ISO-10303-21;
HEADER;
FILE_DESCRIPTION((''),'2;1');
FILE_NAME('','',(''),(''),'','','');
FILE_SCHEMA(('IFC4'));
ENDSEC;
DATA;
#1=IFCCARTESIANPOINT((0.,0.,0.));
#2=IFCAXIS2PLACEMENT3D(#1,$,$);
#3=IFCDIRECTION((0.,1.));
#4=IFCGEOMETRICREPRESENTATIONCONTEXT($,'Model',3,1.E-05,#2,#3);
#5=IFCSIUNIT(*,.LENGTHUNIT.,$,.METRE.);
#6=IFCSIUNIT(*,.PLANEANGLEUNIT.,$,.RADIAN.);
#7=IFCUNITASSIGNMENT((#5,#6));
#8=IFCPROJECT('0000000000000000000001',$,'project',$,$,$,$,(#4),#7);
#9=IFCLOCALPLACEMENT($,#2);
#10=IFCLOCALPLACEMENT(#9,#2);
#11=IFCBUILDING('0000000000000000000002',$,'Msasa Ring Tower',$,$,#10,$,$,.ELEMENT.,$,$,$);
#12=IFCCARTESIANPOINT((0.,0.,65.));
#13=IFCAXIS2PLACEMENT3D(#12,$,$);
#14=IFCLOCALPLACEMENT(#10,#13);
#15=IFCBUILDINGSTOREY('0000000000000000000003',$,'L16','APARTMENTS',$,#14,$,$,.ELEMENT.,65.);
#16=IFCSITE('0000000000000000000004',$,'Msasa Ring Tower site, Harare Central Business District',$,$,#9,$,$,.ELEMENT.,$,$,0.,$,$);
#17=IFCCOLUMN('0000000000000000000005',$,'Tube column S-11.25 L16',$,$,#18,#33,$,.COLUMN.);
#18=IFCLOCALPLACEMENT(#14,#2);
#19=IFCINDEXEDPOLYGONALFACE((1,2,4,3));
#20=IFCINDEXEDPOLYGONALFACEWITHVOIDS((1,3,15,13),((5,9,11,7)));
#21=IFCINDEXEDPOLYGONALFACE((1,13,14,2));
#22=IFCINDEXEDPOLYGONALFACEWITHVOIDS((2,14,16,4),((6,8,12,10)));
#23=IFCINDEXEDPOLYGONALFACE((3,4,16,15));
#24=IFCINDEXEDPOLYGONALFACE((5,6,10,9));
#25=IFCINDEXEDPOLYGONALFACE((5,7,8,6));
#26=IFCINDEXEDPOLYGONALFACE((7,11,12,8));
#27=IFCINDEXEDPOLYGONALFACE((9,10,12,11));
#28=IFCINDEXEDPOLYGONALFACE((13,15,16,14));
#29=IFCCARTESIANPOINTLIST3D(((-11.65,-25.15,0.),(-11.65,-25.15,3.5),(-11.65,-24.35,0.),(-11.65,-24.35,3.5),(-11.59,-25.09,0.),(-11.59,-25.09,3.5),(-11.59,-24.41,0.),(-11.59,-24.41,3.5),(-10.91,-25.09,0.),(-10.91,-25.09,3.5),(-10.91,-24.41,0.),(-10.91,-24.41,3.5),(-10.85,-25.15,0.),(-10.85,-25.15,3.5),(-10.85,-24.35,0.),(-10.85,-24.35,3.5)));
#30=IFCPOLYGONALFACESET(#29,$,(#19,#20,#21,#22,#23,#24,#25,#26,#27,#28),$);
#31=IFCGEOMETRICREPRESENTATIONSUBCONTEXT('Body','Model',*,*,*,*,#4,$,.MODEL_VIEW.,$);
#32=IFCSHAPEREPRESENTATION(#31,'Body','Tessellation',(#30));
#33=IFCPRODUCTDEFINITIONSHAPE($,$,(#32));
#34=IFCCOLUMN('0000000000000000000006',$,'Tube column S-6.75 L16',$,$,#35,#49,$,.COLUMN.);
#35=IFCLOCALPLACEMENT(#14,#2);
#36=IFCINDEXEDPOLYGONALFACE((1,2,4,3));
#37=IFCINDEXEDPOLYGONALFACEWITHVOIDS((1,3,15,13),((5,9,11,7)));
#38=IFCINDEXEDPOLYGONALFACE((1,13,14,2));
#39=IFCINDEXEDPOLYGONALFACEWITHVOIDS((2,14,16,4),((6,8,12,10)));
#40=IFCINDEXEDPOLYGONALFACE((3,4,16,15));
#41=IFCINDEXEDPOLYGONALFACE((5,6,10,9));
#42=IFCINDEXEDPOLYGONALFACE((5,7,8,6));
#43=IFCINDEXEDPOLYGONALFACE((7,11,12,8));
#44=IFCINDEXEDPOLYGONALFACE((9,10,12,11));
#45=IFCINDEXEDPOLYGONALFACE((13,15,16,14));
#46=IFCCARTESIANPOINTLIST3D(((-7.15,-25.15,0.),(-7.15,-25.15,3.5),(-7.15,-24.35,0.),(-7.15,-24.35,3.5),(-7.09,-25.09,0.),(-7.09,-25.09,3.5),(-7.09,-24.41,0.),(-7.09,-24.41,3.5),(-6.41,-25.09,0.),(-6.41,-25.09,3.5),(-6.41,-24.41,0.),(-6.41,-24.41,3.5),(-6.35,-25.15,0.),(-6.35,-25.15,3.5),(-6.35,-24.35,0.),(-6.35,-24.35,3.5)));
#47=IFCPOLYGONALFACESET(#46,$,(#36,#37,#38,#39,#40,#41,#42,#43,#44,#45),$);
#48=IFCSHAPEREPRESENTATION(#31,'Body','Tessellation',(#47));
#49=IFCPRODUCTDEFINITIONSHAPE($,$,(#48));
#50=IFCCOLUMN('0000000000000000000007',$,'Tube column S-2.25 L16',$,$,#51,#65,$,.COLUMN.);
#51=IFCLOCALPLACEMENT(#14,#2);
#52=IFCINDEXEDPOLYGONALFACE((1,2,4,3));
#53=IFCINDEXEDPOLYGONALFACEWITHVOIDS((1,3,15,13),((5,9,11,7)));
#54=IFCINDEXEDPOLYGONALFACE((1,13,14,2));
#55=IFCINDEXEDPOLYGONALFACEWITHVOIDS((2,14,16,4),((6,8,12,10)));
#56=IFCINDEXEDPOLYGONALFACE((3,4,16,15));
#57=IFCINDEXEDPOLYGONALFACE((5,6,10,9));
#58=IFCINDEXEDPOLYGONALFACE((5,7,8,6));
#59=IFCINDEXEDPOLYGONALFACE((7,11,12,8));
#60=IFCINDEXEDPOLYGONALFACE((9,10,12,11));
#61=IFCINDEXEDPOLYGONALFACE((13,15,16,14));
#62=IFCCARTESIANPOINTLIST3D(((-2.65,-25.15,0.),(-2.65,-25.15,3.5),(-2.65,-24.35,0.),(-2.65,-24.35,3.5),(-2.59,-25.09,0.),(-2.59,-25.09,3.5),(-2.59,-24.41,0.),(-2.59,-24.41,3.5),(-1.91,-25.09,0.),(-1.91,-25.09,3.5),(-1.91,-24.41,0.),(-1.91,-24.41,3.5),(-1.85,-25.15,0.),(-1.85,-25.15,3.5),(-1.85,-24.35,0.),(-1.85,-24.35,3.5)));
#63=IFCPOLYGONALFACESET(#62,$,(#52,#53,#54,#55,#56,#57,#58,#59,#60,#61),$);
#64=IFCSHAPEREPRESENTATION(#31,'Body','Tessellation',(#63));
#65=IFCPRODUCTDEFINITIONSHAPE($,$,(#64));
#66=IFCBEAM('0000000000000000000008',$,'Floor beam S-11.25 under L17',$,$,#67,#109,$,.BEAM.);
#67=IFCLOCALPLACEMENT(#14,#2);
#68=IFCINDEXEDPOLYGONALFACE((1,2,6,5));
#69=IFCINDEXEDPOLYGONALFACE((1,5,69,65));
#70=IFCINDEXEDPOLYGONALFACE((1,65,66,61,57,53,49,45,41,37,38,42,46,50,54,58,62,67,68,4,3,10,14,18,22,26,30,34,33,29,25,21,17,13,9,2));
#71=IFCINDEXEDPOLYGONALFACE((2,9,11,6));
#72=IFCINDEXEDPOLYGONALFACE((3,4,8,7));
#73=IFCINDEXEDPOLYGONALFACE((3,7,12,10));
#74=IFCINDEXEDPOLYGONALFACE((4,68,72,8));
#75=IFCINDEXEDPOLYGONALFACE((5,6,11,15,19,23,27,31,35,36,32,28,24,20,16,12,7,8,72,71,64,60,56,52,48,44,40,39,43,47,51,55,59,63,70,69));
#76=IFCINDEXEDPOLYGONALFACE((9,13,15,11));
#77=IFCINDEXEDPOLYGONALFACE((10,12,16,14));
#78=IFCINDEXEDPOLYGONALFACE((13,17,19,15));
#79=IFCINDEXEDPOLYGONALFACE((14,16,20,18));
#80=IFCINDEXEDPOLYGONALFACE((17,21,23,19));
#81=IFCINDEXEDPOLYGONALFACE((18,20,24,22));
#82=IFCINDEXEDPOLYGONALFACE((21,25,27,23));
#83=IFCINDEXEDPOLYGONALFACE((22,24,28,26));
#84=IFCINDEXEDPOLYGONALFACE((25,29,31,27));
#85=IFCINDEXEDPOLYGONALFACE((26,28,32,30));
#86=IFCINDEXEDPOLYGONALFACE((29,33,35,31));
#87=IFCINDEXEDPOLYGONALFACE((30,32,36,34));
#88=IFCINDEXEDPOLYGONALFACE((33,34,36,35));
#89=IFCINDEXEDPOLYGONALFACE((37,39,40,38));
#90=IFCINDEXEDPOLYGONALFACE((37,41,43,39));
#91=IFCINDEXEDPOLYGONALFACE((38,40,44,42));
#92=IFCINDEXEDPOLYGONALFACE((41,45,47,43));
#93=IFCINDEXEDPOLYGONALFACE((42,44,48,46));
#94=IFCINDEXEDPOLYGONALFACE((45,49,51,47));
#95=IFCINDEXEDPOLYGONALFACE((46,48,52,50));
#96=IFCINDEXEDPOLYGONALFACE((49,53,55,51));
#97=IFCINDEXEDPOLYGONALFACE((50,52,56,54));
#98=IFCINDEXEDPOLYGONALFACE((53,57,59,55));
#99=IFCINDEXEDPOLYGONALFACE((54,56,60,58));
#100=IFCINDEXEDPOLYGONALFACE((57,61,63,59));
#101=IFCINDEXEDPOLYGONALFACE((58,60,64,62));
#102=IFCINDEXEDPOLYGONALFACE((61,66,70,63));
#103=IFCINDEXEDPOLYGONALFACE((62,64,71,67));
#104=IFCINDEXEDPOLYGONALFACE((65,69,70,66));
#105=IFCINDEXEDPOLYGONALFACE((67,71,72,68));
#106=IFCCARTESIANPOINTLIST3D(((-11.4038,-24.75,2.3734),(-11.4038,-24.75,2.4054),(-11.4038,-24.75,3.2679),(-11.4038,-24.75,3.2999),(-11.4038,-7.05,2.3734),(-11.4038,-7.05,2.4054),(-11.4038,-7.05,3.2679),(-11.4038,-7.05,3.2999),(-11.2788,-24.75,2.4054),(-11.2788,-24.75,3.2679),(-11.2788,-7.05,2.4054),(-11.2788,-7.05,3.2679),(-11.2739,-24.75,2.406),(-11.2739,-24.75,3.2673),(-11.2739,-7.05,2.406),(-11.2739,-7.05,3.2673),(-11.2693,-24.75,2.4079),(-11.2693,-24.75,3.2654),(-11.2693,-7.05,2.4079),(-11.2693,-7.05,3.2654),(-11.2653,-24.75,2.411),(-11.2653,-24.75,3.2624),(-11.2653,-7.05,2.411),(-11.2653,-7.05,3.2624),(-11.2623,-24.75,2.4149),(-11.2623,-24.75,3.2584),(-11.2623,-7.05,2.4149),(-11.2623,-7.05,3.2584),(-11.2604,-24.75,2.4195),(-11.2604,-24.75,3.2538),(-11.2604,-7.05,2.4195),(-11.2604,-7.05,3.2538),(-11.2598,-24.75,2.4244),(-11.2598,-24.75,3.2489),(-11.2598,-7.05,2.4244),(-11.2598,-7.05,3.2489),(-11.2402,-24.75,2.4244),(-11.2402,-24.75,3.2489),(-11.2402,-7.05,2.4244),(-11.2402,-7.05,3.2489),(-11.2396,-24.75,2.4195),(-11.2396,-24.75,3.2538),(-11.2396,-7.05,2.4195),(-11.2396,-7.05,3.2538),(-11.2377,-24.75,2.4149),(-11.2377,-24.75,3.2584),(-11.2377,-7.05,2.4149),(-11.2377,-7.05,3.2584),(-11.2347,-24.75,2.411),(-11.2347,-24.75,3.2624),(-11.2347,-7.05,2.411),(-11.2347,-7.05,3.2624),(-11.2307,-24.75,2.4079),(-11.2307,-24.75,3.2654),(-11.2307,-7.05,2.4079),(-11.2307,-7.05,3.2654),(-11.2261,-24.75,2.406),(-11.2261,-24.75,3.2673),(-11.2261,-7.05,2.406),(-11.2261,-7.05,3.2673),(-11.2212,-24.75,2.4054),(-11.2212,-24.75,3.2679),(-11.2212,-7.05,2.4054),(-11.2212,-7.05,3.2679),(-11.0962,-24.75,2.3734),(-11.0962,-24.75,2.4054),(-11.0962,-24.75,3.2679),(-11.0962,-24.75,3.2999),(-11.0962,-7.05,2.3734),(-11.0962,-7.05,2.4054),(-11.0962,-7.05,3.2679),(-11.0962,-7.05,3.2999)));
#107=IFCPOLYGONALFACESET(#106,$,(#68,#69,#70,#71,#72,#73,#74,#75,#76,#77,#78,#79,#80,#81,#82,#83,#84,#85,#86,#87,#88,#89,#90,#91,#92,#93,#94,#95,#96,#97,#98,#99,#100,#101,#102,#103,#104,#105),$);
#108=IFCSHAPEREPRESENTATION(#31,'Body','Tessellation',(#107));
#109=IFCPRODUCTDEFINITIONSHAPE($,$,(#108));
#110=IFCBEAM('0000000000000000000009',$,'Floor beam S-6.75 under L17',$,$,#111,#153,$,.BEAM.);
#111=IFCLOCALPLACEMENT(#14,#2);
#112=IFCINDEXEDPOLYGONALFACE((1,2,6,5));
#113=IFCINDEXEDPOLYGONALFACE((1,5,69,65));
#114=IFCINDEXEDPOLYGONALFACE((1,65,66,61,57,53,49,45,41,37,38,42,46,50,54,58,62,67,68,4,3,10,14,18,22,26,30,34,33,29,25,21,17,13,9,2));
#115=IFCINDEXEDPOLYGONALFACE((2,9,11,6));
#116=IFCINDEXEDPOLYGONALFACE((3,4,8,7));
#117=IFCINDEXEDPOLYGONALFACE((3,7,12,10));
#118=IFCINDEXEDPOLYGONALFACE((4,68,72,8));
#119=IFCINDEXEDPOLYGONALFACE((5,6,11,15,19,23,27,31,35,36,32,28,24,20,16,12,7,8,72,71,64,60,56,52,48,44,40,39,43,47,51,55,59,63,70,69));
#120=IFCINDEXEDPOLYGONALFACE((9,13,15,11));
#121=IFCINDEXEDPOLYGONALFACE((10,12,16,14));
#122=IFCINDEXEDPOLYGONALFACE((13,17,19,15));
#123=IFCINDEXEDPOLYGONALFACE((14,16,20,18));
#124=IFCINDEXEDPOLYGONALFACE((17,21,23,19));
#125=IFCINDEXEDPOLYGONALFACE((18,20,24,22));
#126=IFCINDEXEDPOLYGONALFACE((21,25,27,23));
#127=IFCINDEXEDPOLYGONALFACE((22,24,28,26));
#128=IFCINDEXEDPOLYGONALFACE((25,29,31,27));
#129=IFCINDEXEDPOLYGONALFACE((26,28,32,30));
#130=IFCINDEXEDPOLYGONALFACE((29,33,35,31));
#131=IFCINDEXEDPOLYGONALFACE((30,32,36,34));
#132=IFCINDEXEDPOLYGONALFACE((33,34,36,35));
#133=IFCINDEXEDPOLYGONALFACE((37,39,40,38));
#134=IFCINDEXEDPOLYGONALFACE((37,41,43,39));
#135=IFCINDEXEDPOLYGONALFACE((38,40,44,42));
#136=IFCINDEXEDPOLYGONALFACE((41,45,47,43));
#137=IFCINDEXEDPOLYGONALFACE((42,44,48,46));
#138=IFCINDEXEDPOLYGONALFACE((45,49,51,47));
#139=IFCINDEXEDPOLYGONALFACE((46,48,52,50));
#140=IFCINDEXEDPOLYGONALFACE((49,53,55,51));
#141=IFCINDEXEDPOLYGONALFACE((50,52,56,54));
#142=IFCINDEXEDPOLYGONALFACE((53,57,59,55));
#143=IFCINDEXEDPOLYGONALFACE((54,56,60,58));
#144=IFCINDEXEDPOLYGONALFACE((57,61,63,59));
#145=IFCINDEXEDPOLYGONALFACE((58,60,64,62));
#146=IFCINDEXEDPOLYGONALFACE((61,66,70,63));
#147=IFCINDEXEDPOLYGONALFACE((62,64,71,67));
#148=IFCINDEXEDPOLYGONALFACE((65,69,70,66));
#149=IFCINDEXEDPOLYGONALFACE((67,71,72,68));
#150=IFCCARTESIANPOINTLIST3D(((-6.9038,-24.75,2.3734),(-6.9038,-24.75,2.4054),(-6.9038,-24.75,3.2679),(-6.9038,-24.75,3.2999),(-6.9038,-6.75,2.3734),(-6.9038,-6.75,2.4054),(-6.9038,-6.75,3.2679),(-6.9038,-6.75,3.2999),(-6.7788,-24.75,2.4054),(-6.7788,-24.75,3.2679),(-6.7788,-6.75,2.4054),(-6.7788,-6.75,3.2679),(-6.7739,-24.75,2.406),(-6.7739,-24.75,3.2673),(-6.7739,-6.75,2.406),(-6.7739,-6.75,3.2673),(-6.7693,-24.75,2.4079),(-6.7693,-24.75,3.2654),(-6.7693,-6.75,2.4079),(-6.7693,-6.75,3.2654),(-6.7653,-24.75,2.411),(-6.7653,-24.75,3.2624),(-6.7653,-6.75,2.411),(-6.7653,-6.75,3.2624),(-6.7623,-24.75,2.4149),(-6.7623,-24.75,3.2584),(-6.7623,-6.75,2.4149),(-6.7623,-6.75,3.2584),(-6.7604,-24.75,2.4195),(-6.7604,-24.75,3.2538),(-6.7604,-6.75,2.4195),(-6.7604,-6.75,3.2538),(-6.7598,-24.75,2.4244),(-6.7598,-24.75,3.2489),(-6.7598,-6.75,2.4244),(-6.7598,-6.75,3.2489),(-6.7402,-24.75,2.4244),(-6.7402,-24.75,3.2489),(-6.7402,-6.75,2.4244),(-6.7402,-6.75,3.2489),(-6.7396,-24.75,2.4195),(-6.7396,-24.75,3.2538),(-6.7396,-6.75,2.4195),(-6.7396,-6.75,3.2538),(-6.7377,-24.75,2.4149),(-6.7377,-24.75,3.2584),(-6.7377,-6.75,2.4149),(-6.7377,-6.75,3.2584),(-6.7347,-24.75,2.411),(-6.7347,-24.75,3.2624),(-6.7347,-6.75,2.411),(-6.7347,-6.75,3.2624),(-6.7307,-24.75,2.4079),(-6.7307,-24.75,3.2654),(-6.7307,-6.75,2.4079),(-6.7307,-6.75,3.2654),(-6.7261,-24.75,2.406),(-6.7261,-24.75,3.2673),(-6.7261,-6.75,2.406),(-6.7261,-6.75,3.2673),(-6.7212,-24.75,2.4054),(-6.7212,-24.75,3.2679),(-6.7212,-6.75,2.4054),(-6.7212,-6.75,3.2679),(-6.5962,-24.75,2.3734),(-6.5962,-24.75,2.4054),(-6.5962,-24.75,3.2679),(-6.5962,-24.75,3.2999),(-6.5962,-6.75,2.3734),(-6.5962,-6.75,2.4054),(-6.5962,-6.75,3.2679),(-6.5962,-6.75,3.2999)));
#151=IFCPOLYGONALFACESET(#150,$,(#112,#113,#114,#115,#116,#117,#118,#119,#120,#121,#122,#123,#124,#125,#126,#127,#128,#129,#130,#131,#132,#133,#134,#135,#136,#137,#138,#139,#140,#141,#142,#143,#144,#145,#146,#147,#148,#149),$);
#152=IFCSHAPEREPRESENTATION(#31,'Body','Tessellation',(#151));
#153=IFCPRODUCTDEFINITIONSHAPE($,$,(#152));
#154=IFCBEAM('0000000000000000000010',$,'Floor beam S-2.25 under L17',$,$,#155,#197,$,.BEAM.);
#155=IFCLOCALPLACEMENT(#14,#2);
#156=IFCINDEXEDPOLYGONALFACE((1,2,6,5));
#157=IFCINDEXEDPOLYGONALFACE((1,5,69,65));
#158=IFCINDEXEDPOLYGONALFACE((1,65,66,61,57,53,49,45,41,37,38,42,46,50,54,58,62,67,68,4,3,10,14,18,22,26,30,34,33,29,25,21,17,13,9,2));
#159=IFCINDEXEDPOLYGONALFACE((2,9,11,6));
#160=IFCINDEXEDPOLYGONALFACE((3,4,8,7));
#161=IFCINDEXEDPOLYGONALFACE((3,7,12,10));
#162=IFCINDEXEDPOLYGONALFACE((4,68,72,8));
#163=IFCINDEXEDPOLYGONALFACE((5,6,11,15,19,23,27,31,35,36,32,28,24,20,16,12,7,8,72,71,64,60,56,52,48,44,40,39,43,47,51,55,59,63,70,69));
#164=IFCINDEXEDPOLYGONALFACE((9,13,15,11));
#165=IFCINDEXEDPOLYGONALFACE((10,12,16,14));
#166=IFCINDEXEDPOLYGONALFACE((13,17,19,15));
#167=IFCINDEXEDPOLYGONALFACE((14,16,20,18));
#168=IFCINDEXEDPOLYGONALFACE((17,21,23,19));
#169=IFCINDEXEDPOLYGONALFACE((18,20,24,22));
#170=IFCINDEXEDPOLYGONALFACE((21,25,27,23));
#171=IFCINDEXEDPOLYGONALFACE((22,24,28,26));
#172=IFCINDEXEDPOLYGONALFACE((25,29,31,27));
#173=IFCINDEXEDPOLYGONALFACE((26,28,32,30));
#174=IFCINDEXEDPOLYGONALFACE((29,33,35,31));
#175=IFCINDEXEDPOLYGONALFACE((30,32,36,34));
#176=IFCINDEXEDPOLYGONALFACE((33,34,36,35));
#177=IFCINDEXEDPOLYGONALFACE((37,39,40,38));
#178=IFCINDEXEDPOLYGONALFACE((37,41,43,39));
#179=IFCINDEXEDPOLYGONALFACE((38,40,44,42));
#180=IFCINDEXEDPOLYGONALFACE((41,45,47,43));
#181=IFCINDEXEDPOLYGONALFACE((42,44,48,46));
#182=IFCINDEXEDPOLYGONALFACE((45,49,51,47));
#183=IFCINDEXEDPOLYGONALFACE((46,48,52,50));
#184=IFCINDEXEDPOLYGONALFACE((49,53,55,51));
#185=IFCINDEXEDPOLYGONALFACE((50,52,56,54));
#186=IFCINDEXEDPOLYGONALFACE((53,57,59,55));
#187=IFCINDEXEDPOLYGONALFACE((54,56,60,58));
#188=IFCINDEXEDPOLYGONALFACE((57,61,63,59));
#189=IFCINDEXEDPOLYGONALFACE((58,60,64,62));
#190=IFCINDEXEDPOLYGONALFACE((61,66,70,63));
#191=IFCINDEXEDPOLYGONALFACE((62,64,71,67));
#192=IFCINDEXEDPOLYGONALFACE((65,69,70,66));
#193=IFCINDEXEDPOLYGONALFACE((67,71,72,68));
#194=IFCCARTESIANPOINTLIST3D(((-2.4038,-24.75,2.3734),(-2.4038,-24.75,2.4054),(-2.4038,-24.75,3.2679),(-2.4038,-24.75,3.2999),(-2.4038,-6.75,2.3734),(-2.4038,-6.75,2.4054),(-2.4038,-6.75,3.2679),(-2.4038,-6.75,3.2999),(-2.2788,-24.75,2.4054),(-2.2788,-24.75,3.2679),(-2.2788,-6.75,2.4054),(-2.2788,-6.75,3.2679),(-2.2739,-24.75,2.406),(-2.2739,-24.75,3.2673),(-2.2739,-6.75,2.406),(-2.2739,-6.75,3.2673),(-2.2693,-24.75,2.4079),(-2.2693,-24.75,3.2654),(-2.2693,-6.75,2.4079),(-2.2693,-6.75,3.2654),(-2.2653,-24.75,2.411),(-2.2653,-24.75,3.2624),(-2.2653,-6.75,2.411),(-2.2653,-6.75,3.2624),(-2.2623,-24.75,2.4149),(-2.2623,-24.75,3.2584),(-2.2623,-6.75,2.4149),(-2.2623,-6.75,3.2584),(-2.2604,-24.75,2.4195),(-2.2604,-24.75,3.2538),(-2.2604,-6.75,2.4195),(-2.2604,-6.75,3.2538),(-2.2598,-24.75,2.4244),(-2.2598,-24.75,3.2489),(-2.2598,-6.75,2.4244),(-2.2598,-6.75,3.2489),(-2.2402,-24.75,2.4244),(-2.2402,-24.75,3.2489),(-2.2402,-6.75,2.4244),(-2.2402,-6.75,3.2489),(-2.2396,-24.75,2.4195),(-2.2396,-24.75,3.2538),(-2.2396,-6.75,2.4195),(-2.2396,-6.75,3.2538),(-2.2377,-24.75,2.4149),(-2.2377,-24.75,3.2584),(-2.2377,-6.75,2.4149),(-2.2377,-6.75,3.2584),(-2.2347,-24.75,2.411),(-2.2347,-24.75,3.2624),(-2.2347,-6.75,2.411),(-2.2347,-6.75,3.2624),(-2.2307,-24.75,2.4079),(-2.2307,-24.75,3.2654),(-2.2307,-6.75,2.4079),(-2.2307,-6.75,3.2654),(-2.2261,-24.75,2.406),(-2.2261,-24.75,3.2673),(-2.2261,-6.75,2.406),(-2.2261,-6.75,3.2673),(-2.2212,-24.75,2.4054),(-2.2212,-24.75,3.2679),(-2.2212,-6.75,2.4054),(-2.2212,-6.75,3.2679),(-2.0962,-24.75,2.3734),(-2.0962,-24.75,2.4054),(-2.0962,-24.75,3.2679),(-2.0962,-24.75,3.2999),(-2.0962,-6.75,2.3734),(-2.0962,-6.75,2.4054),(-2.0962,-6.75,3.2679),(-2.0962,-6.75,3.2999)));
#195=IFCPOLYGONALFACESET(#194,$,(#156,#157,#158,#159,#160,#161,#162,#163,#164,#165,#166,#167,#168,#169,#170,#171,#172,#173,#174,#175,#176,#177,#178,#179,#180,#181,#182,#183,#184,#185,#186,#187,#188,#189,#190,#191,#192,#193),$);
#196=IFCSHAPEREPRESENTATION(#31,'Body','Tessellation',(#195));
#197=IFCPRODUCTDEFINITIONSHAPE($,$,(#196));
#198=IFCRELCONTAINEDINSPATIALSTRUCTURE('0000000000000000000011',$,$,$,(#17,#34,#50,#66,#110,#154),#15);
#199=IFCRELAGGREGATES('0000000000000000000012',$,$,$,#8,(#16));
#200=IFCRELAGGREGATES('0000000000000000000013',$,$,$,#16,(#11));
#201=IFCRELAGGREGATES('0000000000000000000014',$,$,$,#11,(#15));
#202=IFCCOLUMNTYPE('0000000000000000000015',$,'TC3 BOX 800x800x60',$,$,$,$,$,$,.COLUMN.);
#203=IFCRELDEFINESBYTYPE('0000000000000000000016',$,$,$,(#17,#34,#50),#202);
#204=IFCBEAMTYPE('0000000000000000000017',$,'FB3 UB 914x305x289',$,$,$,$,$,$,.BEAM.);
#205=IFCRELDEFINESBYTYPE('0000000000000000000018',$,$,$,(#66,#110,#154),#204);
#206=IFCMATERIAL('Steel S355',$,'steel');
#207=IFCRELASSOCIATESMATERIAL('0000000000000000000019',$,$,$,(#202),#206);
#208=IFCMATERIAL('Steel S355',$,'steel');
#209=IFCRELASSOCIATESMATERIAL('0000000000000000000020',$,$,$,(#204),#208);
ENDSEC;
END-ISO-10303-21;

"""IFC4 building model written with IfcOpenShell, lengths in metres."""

from ifc_helpers import new_model, si_unit, direction, frame, origin, origin_2d, place, context, subcontext, project, spatial, hollow_rectangle, i_section, extrude, material, material_profile, profile_set, type_object, element, save


model = new_model("IFC4")

# Units and contexts
model_context = context("Model", 3, precision=1e-05, world=origin(), true_north=direction((0.0, 1.0)))
body_context = subcontext(model_context, "Body", "Model", "MODEL_VIEW")
ifc_project = project(units=[si_unit("LENGTHUNIT", "METRE"), si_unit("PLANEANGLEUNIT", "RADIAN")], contexts=[model_context])

# Site, building, storey
site_placement = place(None, origin())
site = spatial("IfcSite", under=ifc_project, at=site_placement, Name="Msasa Ring Tower site, Harare Central Business District", CompositionType="ELEMENT", RefElevation=0.0)
building_placement = place(site_placement, origin())
building = spatial("IfcBuilding", under=site, at=building_placement, Name="Msasa Ring Tower", CompositionType="ELEMENT")
storey_placement = place(building_placement, frame((0.0, 0.0, 65.0)))
storey = spatial("IfcBuildingStorey", under=building, at=storey_placement, Name="L16", Description="APARTMENTS", CompositionType="ELEMENT", Elevation=65.0)

# Columns
ifc_material_1 = material(Name="Steel S355", Category="steel")
ifc_material_profile_1 = material_profile(ifc_material_1, hollow_rectangle(XDim=0.8, YDim=0.8, WallThickness=0.0601, at=origin_2d()), Name="BOX 800x800x60")
ifc_profile_set_1 = profile_set([ifc_material_profile_1], Name="Steel S355")
column_type = type_object("IfcColumnType", Name="TC3 BOX 800x800x60", PredefinedType="COLUMN", material=ifc_profile_set_1)
for number, where, z_axis, x_axis, name in (
    (1, (-11.25, -24.75, 0.0), (0.0, 0.0, 1.0), (0.0, 1.0, 0.0), "Tube column S-11.25 L16"),
    (2, (-6.75, -24.75, 0.0), (0.0, 0.0, 1.0), (0.0, 1.0, 0.0), "Tube column S-6.75 L16"),
    (3, (-2.25, -24.75, 0.0), (0.0, 0.0, 1.0), (0.0, 1.0, 0.0), "Tube column S-2.25 L16"),
):
    element("IfcColumn", number, at=place(storey_placement, frame(where, z_axis=z_axis, x_axis=x_axis)), inside=storey, type_object=column_type, Name=name, PredefinedType="COLUMN", context=body_context, shape_type="SweptSolid", body=[
        extrude(hollow_rectangle(XDim=0.8, YDim=0.8, WallThickness=0.0601, at=origin_2d()), origin(), (0.0, 0.0, 1.0), 3.5),
    ])

# Beams
ifc_material_2 = material(Name="Steel S355", Category="steel")
ifc_material_profile_2 = material_profile(ifc_material_2, i_section(OverallWidth=0.3076, OverallDepth=0.9265, WebThickness=0.0195, FlangeThickness=0.032, FilletRadius=0.019, at=origin_2d()), Name="UB 914x305x289")
ifc_profile_set_2 = profile_set([ifc_material_profile_2], Name="Steel S355")
beam_type_1 = type_object("IfcBeamType", Name="FB3 UB 914x305x289", PredefinedType="BEAM", material=ifc_profile_set_2)
beam_placement = place(storey_placement, frame((-11.25, -24.75, 2.8367), z_axis=(0.0, 1.0, 0.0), x_axis=(-1.0, 0.0, 0.0)))
element("IfcBeam", 4, at=beam_placement, inside=storey, type_object=beam_type_1, Name="Floor beam S-11.25 under L17", PredefinedType="BEAM", context=body_context, shape_type="SweptSolid", body=[
    extrude(i_section(OverallWidth=0.3076, OverallDepth=0.9265, WebThickness=0.0195, FlangeThickness=0.032, FilletRadius=0.019, at=origin_2d()), origin(), (0.0, 0.0, 1.0), 17.7),
])
for number, where, z_axis, x_axis, name in (
    (5, (-6.75, -24.75, 2.8367), (0.0, 1.0, 0.0), (-1.0, 0.0, 0.0), "Floor beam S-6.75 under L17"),
    (6, (-2.25, -24.75, 2.8367), (0.0, 1.0, 0.0), (-1.0, 0.0, 0.0), "Floor beam S-2.25 under L17"),
):
    element("IfcBeam", number, at=place(storey_placement, frame(where, z_axis=z_axis, x_axis=x_axis)), inside=storey, type_object=beam_type_1, Name=name, PredefinedType="BEAM", context=body_context, shape_type="SweptSolid", body=[
        extrude(i_section(OverallWidth=0.3076, OverallDepth=0.9265, WebThickness=0.0195, FlangeThickness=0.032, FilletRadius=0.019, at=origin_2d()), origin(), (0.0, 0.0, 1.0), 18.0),
    ])

save(model, "model.ifc")
